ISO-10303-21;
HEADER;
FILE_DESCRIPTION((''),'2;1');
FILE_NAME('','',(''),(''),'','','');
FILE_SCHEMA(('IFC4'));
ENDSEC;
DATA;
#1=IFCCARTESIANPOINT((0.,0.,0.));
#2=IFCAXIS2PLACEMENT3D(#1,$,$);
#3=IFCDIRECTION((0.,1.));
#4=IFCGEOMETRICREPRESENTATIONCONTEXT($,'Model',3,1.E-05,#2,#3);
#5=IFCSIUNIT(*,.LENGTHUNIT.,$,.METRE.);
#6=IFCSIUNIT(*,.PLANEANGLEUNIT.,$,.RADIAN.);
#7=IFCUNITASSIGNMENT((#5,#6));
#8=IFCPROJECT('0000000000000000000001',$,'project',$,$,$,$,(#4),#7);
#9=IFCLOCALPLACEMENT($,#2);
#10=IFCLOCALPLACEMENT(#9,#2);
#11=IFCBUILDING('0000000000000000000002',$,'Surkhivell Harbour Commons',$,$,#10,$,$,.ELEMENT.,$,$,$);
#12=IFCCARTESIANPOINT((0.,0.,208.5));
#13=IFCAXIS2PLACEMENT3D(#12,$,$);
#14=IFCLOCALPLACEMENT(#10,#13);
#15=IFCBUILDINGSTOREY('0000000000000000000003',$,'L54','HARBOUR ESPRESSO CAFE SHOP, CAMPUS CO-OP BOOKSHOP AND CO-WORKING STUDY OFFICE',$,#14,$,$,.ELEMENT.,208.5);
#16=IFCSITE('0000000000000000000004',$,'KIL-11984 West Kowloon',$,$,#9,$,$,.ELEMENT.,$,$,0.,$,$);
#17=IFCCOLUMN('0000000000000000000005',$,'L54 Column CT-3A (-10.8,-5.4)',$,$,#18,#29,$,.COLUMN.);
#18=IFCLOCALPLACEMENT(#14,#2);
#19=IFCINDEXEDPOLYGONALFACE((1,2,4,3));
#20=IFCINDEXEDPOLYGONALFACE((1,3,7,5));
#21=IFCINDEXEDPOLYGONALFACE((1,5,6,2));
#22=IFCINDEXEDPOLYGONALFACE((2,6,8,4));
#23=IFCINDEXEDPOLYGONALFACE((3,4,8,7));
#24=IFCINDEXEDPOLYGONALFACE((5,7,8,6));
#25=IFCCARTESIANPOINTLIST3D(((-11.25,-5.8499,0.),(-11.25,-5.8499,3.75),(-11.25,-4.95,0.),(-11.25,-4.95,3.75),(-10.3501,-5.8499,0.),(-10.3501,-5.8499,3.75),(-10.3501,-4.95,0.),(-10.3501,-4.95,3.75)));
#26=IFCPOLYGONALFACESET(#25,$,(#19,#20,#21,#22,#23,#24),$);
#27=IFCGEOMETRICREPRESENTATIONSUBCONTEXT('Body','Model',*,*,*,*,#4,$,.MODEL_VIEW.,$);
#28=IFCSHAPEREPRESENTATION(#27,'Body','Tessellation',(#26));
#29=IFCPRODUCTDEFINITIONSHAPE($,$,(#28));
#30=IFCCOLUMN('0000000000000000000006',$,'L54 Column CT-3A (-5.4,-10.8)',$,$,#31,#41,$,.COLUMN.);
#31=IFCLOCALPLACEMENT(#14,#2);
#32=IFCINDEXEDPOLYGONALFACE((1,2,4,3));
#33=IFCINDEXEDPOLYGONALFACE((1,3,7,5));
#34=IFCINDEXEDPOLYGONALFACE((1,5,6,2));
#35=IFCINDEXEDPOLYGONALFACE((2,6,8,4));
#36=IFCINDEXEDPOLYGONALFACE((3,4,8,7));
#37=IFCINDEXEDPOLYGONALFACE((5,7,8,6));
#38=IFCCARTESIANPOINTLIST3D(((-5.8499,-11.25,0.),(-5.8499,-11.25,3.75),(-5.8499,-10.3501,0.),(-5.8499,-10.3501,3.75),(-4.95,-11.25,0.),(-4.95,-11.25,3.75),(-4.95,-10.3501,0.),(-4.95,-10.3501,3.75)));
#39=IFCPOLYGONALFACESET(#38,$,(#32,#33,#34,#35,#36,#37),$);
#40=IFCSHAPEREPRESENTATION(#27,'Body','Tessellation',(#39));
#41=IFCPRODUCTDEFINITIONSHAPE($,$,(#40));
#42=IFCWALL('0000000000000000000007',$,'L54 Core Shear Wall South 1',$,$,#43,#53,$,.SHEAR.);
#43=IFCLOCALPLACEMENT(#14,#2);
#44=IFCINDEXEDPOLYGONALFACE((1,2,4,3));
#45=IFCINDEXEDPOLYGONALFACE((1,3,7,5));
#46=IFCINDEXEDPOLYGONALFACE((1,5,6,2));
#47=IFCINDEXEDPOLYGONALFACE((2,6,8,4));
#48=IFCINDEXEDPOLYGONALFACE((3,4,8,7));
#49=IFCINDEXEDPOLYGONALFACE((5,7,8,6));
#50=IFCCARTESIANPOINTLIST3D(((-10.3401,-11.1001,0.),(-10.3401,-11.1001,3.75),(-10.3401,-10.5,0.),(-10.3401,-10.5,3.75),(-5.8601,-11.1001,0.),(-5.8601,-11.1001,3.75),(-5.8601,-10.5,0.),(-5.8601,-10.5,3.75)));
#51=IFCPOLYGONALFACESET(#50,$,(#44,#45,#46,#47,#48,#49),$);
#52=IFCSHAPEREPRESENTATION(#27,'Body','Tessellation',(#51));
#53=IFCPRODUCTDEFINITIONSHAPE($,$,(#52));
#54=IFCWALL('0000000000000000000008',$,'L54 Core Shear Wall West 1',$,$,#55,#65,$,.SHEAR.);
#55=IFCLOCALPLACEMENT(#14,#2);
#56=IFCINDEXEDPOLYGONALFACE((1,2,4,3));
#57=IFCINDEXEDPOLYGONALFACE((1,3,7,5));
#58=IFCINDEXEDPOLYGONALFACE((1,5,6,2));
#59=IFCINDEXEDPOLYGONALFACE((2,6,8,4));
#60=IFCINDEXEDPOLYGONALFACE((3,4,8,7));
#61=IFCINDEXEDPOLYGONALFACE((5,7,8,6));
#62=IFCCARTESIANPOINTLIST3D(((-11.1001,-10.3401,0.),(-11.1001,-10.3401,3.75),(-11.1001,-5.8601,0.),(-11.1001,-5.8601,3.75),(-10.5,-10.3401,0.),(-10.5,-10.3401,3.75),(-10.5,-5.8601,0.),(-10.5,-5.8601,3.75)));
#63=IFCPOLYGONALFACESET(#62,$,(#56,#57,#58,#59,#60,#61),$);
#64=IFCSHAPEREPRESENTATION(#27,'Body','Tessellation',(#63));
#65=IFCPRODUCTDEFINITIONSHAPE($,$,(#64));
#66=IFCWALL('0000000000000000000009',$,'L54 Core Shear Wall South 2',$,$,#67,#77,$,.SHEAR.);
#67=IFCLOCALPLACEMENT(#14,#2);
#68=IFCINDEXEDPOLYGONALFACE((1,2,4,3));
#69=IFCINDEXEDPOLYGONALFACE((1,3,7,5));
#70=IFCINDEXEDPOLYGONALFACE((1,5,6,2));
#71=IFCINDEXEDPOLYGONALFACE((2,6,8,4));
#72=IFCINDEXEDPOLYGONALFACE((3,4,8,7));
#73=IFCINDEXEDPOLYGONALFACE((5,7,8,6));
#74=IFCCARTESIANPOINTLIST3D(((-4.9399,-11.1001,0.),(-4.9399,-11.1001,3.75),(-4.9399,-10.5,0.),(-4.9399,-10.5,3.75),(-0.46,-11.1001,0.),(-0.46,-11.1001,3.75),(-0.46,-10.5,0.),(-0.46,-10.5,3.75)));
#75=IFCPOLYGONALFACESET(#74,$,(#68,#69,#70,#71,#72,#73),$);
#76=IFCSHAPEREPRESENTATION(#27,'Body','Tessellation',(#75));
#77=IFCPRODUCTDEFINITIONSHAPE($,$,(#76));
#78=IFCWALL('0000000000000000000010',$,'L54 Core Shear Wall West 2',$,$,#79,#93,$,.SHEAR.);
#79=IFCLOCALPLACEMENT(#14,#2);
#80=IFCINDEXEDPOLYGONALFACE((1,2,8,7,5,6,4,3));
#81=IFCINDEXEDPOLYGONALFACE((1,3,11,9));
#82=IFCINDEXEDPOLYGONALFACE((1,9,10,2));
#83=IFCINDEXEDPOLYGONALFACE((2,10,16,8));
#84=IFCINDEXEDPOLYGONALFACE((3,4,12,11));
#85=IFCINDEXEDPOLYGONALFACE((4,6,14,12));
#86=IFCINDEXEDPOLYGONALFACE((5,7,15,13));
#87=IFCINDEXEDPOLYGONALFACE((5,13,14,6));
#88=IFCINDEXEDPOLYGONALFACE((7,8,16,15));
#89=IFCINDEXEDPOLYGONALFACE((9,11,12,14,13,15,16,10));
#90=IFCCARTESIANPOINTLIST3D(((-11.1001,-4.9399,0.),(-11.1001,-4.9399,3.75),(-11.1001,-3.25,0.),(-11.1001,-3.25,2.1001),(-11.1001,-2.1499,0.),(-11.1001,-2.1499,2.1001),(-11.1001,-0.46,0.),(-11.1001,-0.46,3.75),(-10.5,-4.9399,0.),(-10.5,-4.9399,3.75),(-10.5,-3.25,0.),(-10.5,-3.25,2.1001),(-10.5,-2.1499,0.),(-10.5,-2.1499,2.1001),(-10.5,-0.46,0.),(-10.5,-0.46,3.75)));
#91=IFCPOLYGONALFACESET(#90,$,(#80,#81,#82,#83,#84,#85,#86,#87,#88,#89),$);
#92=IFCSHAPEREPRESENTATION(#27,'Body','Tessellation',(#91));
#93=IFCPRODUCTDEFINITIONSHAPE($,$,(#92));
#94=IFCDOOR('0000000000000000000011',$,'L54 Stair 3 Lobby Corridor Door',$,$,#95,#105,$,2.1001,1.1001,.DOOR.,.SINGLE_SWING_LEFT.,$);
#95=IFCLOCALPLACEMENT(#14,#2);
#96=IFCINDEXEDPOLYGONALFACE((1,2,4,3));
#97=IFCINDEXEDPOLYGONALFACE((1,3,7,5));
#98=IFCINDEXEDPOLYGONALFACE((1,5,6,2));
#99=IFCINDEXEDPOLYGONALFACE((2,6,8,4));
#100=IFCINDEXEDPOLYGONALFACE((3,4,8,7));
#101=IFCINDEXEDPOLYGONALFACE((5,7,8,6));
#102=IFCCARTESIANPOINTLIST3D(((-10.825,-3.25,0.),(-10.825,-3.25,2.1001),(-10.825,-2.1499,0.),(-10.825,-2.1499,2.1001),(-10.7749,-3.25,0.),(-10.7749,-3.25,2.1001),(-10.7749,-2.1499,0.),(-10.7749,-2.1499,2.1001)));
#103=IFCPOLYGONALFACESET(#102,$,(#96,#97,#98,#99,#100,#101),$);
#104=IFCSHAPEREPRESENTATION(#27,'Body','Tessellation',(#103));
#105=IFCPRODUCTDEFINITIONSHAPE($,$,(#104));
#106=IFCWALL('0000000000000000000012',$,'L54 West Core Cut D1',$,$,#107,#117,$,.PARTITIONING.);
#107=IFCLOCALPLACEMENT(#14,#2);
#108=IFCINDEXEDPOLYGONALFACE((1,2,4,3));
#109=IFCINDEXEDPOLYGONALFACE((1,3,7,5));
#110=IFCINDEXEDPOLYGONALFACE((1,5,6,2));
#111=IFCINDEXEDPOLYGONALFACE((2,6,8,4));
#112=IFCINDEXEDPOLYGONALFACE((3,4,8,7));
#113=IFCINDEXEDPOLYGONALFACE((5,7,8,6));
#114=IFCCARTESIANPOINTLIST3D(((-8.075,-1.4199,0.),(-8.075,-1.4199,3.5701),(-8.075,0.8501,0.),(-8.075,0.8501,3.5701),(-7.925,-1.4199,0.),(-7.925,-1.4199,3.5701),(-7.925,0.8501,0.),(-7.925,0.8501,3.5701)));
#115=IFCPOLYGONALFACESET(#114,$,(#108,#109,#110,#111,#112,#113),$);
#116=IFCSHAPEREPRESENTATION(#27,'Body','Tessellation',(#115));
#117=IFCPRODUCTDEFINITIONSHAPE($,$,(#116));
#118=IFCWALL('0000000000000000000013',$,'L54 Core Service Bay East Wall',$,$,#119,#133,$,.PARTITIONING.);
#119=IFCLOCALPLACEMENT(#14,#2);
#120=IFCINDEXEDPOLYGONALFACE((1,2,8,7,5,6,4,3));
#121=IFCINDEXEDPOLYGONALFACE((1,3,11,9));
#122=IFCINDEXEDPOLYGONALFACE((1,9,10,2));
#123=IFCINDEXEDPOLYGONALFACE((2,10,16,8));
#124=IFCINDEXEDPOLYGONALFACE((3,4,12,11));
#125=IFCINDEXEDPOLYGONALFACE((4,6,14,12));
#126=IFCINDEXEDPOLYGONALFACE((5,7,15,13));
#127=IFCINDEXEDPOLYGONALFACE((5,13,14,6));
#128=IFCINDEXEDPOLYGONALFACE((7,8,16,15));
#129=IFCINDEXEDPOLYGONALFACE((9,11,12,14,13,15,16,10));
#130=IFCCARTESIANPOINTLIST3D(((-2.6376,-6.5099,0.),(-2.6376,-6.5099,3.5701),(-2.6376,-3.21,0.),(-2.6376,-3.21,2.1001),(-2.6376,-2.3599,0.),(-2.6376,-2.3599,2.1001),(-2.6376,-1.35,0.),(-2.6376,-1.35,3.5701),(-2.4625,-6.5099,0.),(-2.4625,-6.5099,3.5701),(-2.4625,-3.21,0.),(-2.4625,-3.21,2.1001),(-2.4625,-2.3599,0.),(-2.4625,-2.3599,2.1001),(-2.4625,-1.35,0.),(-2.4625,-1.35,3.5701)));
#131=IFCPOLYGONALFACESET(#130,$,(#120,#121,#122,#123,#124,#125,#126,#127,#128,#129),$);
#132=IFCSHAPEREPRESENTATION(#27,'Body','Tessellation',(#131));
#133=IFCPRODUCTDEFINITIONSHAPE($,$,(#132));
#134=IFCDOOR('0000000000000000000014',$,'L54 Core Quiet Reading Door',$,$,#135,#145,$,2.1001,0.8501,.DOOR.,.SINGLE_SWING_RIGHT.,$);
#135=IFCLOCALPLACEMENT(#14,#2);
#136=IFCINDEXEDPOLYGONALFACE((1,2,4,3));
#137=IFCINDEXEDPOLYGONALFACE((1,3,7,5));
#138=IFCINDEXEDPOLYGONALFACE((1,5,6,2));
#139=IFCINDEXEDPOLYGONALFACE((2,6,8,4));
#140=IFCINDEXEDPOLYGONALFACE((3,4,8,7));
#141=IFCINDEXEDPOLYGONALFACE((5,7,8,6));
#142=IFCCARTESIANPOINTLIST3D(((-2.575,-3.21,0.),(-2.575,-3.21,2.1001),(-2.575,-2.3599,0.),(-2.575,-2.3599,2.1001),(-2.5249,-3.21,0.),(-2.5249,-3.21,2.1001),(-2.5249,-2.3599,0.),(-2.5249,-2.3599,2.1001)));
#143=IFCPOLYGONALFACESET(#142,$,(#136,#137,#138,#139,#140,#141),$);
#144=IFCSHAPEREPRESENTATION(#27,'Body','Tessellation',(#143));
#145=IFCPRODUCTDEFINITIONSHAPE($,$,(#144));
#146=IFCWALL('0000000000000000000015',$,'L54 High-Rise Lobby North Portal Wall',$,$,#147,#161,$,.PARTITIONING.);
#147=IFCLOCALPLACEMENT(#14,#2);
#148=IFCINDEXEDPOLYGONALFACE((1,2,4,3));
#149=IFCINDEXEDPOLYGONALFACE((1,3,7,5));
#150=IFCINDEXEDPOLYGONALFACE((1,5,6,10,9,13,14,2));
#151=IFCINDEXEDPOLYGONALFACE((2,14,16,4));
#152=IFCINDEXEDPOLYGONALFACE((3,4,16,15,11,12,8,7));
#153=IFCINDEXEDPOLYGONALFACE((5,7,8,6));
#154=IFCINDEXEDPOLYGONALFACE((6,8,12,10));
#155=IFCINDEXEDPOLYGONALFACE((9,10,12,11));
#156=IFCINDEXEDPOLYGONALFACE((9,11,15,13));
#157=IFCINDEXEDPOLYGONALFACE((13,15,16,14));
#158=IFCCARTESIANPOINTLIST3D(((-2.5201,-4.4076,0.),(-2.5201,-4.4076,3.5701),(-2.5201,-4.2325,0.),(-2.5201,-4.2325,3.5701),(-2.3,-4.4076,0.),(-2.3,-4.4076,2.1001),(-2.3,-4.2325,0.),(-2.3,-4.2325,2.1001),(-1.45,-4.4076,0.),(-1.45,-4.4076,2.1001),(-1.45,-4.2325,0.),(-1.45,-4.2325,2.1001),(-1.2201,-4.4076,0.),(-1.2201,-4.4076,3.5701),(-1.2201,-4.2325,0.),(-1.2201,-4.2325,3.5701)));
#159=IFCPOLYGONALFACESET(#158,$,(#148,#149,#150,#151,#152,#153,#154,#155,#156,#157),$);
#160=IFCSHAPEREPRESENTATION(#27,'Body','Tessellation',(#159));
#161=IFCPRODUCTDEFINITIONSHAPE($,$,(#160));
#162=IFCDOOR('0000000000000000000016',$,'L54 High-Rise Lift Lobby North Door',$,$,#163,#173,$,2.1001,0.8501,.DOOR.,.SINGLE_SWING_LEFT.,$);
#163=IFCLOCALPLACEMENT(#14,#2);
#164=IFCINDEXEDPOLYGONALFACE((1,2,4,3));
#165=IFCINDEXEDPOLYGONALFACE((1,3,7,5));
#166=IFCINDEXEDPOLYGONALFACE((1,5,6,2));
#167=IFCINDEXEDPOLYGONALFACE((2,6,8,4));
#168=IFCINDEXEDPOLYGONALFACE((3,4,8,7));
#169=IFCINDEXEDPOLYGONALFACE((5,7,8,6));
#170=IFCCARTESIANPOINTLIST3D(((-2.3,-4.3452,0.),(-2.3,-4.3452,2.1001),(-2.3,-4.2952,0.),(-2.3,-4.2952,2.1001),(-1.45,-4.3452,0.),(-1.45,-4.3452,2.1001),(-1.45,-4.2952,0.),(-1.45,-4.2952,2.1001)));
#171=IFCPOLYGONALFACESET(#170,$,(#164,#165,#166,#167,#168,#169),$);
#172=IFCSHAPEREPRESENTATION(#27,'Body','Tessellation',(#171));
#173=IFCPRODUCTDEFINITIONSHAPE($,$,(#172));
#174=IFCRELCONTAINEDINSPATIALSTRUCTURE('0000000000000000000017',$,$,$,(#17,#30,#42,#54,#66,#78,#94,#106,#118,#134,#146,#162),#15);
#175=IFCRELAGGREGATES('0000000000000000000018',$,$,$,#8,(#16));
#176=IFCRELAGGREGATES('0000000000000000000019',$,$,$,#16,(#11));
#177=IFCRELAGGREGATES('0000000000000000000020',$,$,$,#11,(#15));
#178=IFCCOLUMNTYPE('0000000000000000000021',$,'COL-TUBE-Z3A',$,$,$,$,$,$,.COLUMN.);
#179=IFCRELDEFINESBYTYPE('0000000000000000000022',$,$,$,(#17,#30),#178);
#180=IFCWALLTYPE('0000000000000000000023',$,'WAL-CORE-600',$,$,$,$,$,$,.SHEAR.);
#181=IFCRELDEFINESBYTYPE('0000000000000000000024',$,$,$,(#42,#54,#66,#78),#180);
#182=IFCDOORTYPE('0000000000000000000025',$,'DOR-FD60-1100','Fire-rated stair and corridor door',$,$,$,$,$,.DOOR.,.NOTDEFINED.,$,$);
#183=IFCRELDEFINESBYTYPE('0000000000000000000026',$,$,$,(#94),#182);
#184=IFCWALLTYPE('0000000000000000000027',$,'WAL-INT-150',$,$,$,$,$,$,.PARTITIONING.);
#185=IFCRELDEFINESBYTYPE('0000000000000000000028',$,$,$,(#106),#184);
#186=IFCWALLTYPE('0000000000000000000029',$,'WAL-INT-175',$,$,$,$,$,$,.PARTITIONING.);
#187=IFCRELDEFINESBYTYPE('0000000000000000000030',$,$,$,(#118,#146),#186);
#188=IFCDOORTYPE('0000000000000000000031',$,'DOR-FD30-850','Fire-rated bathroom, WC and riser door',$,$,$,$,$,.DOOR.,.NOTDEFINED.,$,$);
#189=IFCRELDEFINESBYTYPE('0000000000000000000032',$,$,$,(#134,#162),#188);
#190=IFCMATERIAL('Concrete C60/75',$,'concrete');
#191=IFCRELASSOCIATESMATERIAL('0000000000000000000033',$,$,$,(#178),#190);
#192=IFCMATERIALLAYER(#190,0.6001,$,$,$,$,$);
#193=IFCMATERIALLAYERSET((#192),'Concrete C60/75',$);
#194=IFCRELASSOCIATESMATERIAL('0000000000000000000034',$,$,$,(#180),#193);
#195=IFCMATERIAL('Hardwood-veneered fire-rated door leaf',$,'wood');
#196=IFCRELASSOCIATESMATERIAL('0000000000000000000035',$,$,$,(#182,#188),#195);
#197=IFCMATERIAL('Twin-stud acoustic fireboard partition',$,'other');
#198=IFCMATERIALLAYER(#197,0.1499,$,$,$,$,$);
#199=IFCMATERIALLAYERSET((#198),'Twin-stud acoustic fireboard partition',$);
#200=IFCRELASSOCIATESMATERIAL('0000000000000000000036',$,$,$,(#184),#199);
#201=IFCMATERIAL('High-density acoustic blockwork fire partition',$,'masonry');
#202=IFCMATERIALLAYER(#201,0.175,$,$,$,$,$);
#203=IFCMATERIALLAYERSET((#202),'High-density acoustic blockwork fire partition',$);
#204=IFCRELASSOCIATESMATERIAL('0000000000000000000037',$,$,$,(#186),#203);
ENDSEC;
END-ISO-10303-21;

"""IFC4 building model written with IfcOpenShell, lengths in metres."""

from ifc_helpers import new_model, si_unit, direction, frame, frame_2d, origin, origin_2d, place, context, subcontext, project, spatial, rectangle, extrude, material, layer, layer_set, material_profile, profile_set, type_object, element, fill, save


model = new_model("IFC4")

# Units and contexts
model_context = context("Model", 3, precision=1e-05, world=origin(), true_north=direction((0.0, 1.0)))
body_context = subcontext(model_context, "Body", "Model", "MODEL_VIEW")
ifc_project = project(units=[si_unit("LENGTHUNIT", "METRE"), si_unit("PLANEANGLEUNIT", "RADIAN")], contexts=[model_context])

# Site, building, storey
site_placement = place(None, origin())
site = spatial("IfcSite", under=ifc_project, at=site_placement, Name="KIL-11984 West Kowloon", CompositionType="ELEMENT", RefElevation=0.0)
building_placement = place(site_placement, origin())
building = spatial("IfcBuilding", under=site, at=building_placement, Name="Surkhivell Harbour Commons", CompositionType="ELEMENT")
storey_placement = place(building_placement, frame((0.0, 0.0, 208.5)))
storey = spatial("IfcBuildingStorey", under=building, at=storey_placement, Name="L54", Description="HARBOUR ESPRESSO CAFE SHOP, CAMPUS CO-OP BOOKSHOP AND CO-WORKING STUDY OFFICE", CompositionType="ELEMENT", Elevation=208.5)

# Columns
ifc_material_1 = material(Name="Concrete C60/75", Category="concrete")
ifc_material_profile = material_profile(ifc_material_1, rectangle(XDim=0.8999, YDim=0.8999, at=origin_2d()), Name="RC-COL-900x900")
ifc_profile_set = profile_set([ifc_material_profile], Name="Concrete C60/75")
column_type = type_object("IfcColumnType", Name="COL-TUBE-Z3A", PredefinedType="COLUMN", material=ifc_profile_set)
for number, where, z_axis, x_axis, name in (
    (1, (-10.8, -5.3999, 0.0), (0.0, 0.0, 1.0), (1.0, 0.0, 0.0), "L54 Column CT-3A (-10.8,-5.4)"),
    (2, (-5.3999, -10.8, 0.0), (0.0, 0.0, 1.0), (1.0, 0.0, 0.0), "L54 Column CT-3A (-5.4,-10.8)"),
):
    element("IfcColumn", number, at=place(storey_placement, frame(where, z_axis=z_axis, x_axis=x_axis)), inside=storey, type_object=column_type, Name=name, PredefinedType="COLUMN", context=body_context, shape_type="SweptSolid", body=[
        extrude(rectangle(XDim=0.8999, YDim=0.8999, at=origin_2d()), origin(), (0.0, 0.0, 1.0), 3.75),
    ])

# Walls
ifc_layer_1 = layer(ifc_material_1, 0.6001)
ifc_layer_set_1 = layer_set([ifc_layer_1], Name="Concrete C60/75")
wall_type_1 = type_object("IfcWallType", Name="WAL-CORE-600", PredefinedType="SHEAR", material=ifc_layer_set_1)
for number, where, z_axis, x_axis, name in (
    (3, (-10.3401, -10.8, 0.0), (0.0, 0.0, 1.0), (1.0, 0.0, 0.0), "L54 Core Shear Wall South 1"),
    (4, (-10.8, -10.3401, 0.0), (0.0, 0.0, 1.0), (0.0, 1.0, 0.0), "L54 Core Shear Wall West 1"),
    (5, (-4.9399, -10.8, 0.0), (0.0, 0.0, 1.0), (1.0, 0.0, 0.0), "L54 Core Shear Wall South 2"),
):
    element("IfcWall", number, at=place(storey_placement, frame(where, z_axis=z_axis, x_axis=x_axis)), inside=storey, type_object=wall_type_1, Name=name, PredefinedType="SHEAR", context=body_context, shape_type="SweptSolid", body=[
        extrude(rectangle(XDim=4.48, YDim=0.6001, at=frame_2d((2.24, 0.0))), origin(), (0.0, 0.0, 1.0), 3.75),
    ])

# Wall, opening, door
wall_1_placement = place(storey_placement, frame((-10.8, -4.9399, 0.0), z_axis=(0.0, 0.0, 1.0), x_axis=(0.0, 1.0, 0.0)))
wall_1 = element("IfcWall", 6, at=wall_1_placement, inside=storey, type_object=wall_type_1, Name="L54 Core Shear Wall West 2", PredefinedType="SHEAR", context=body_context, shape_type="SweptSolid", body=[
    extrude(rectangle(XDim=4.48, YDim=0.6001, at=frame_2d((2.24, 0.0))), origin(), (0.0, 0.0, 1.0), 3.75),
])
opening_1_placement = place(wall_1_placement, frame((1.6899, 0.0, 0.0)))
opening_1 = element("IfcOpeningElement", 7, at=opening_1_placement, cuts=wall_1, PredefinedType="OPENING", context=body_context, shape_type="SweptSolid", body=[
    extrude(rectangle(XDim=1.1001, YDim=2.1001, at=frame_2d((0.55, 1.05))), frame((0.0, 0.3101, 0.0), z_axis=(0.0, -1.0, 0.0), x_axis=(1.0, 0.0, 0.0)), (0.0, 0.0, 1.0), 0.6201),
])
ifc_material_2 = material(Name="Hardwood-veneered fire-rated door leaf", Category="wood")
door_type_1 = type_object("IfcDoorType", Name="DOR-FD60-1100", Description="Fire-rated stair and corridor door", OperationType="NOTDEFINED", PredefinedType="DOOR", material=ifc_material_2)
door_1_placement = place(opening_1_placement, origin())
door_1 = element("IfcDoor", 8, at=door_1_placement, inside=storey, type_object=door_type_1, Name="L54 Stair 3 Lobby Corridor Door", OperationType="SINGLE_SWING_LEFT", OverallHeight=2.1001, OverallWidth=1.1001, PredefinedType="DOOR", context=body_context, shape_type="SweptSolid", body=[
    extrude(rectangle(XDim=1.1001, YDim=2.1001, at=frame_2d((0.55, 1.05))), frame((0.0, 0.0249, 0.0), z_axis=(0.0, -1.0, 0.0), x_axis=(1.0, 0.0, 0.0)), (0.0, 0.0, 1.0), 0.05),
])
fill(opening_1, door_1)

# Wall
ifc_material_3 = material(Name="Twin-stud acoustic fireboard partition", Category="other")
ifc_layer_2 = layer(ifc_material_3, 0.1499)
ifc_layer_set_2 = layer_set([ifc_layer_2], Name="Twin-stud acoustic fireboard partition")
wall_type_2 = type_object("IfcWallType", Name="WAL-INT-150", PredefinedType="PARTITIONING", material=ifc_layer_set_2)
wall_2_placement = place(storey_placement, frame((-8.0, -1.4199, 0.0), z_axis=(0.0, 0.0, 1.0), x_axis=(0.0, 1.0, 0.0)))
element("IfcWall", 9, at=wall_2_placement, inside=storey, type_object=wall_type_2, Name="L54 West Core Cut D1", PredefinedType="PARTITIONING", context=body_context, shape_type="SweptSolid", body=[
    extrude(rectangle(XDim=2.27, YDim=0.1499, at=frame_2d((1.135, 0.0))), origin(), (0.0, 0.0, 1.0), 3.5701),
])

# Walls, openings, doors
ifc_material_4 = material(Name="High-density acoustic blockwork fire partition", Category="masonry")
ifc_layer_3 = layer(ifc_material_4, 0.175)
ifc_layer_set_3 = layer_set([ifc_layer_3], Name="High-density acoustic blockwork fire partition")
wall_type_3 = type_object("IfcWallType", Name="WAL-INT-175", PredefinedType="PARTITIONING", material=ifc_layer_set_3)
wall_3_placement = place(storey_placement, frame((-2.55, -6.51, 0.0), z_axis=(0.0, 0.0, 1.0), x_axis=(0.0, 1.0, 0.0)))
wall_3 = element("IfcWall", 10, at=wall_3_placement, inside=storey, type_object=wall_type_3, Name="L54 Core Service Bay East Wall", PredefinedType="PARTITIONING", context=body_context, shape_type="SweptSolid", body=[
    extrude(rectangle(XDim=5.1599, YDim=0.175, at=frame_2d((2.5801, 0.0))), origin(), (0.0, 0.0, 1.0), 3.5701),
])
opening_2_placement = place(wall_3_placement, frame((3.3, 0.0, 0.0)))
opening_2 = element("IfcOpeningElement", 11, at=opening_2_placement, cuts=wall_3, PredefinedType="OPENING", context=body_context, shape_type="SweptSolid", body=[
    extrude(rectangle(XDim=0.8501, YDim=2.1001, at=frame_2d((0.425, 1.05))), frame((0.0, 0.0974, 0.0), z_axis=(0.0, -1.0, 0.0), x_axis=(1.0, 0.0, 0.0)), (0.0, 0.0, 1.0), 0.1951),
])
door_type_2 = type_object("IfcDoorType", Name="DOR-FD30-850", Description="Fire-rated bathroom, WC and riser door", OperationType="NOTDEFINED", PredefinedType="DOOR", material=ifc_material_2)
door_2_placement = place(opening_2_placement, origin())
door_2 = element("IfcDoor", 12, at=door_2_placement, inside=storey, type_object=door_type_2, Name="L54 Core Quiet Reading Door", OperationType="SINGLE_SWING_RIGHT", OverallHeight=2.1001, OverallWidth=0.8501, PredefinedType="DOOR", context=body_context, shape_type="SweptSolid", body=[
    extrude(rectangle(XDim=0.8501, YDim=2.1001, at=frame_2d((0.425, 1.05))), frame((0.0, 0.0249, 0.0), z_axis=(0.0, -1.0, 0.0), x_axis=(1.0, 0.0, 0.0)), (0.0, 0.0, 1.0), 0.05),
])
fill(opening_2, door_2)
wall_4_placement = place(storey_placement, frame((-2.52, -4.3201, 0.0), z_axis=(0.0, 0.0, 1.0), x_axis=(1.0, 0.0, 0.0)))
wall_4 = element("IfcWall", 13, at=wall_4_placement, inside=storey, type_object=wall_type_3, Name="L54 High-Rise Lobby North Portal Wall", PredefinedType="PARTITIONING", context=body_context, shape_type="SweptSolid", body=[
    extrude(rectangle(XDim=1.3, YDim=0.175, at=frame_2d((0.6499, 0.0))), origin(), (0.0, 0.0, 1.0), 3.5701),
])
opening_3_placement = place(wall_4_placement, frame((0.22, 0.0, 0.0)))
opening_3 = element("IfcOpeningElement", 14, at=opening_3_placement, cuts=wall_4, PredefinedType="OPENING", context=body_context, shape_type="SweptSolid", body=[
    extrude(rectangle(XDim=0.8501, YDim=2.1001, at=frame_2d((0.425, 1.05))), frame((0.0, 0.0974, 0.0), z_axis=(0.0, -1.0, 0.0), x_axis=(1.0, 0.0, 0.0)), (0.0, 0.0, 1.0), 0.1951),
])
door_3_placement = place(opening_3_placement, origin())
door_3 = element("IfcDoor", 15, at=door_3_placement, inside=storey, type_object=door_type_2, Name="L54 High-Rise Lift Lobby North Door", OperationType="SINGLE_SWING_LEFT", OverallHeight=2.1001, OverallWidth=0.8501, PredefinedType="DOOR", context=body_context, shape_type="SweptSolid", body=[
    extrude(rectangle(XDim=0.8501, YDim=2.1001, at=frame_2d((0.425, 1.05))), frame((0.0, 0.0249, 0.0), z_axis=(0.0, -1.0, 0.0), x_axis=(1.0, 0.0, 0.0)), (0.0, 0.0, 1.0), 0.05),
])
fill(opening_3, door_3)

save(model, "model.ifc")
